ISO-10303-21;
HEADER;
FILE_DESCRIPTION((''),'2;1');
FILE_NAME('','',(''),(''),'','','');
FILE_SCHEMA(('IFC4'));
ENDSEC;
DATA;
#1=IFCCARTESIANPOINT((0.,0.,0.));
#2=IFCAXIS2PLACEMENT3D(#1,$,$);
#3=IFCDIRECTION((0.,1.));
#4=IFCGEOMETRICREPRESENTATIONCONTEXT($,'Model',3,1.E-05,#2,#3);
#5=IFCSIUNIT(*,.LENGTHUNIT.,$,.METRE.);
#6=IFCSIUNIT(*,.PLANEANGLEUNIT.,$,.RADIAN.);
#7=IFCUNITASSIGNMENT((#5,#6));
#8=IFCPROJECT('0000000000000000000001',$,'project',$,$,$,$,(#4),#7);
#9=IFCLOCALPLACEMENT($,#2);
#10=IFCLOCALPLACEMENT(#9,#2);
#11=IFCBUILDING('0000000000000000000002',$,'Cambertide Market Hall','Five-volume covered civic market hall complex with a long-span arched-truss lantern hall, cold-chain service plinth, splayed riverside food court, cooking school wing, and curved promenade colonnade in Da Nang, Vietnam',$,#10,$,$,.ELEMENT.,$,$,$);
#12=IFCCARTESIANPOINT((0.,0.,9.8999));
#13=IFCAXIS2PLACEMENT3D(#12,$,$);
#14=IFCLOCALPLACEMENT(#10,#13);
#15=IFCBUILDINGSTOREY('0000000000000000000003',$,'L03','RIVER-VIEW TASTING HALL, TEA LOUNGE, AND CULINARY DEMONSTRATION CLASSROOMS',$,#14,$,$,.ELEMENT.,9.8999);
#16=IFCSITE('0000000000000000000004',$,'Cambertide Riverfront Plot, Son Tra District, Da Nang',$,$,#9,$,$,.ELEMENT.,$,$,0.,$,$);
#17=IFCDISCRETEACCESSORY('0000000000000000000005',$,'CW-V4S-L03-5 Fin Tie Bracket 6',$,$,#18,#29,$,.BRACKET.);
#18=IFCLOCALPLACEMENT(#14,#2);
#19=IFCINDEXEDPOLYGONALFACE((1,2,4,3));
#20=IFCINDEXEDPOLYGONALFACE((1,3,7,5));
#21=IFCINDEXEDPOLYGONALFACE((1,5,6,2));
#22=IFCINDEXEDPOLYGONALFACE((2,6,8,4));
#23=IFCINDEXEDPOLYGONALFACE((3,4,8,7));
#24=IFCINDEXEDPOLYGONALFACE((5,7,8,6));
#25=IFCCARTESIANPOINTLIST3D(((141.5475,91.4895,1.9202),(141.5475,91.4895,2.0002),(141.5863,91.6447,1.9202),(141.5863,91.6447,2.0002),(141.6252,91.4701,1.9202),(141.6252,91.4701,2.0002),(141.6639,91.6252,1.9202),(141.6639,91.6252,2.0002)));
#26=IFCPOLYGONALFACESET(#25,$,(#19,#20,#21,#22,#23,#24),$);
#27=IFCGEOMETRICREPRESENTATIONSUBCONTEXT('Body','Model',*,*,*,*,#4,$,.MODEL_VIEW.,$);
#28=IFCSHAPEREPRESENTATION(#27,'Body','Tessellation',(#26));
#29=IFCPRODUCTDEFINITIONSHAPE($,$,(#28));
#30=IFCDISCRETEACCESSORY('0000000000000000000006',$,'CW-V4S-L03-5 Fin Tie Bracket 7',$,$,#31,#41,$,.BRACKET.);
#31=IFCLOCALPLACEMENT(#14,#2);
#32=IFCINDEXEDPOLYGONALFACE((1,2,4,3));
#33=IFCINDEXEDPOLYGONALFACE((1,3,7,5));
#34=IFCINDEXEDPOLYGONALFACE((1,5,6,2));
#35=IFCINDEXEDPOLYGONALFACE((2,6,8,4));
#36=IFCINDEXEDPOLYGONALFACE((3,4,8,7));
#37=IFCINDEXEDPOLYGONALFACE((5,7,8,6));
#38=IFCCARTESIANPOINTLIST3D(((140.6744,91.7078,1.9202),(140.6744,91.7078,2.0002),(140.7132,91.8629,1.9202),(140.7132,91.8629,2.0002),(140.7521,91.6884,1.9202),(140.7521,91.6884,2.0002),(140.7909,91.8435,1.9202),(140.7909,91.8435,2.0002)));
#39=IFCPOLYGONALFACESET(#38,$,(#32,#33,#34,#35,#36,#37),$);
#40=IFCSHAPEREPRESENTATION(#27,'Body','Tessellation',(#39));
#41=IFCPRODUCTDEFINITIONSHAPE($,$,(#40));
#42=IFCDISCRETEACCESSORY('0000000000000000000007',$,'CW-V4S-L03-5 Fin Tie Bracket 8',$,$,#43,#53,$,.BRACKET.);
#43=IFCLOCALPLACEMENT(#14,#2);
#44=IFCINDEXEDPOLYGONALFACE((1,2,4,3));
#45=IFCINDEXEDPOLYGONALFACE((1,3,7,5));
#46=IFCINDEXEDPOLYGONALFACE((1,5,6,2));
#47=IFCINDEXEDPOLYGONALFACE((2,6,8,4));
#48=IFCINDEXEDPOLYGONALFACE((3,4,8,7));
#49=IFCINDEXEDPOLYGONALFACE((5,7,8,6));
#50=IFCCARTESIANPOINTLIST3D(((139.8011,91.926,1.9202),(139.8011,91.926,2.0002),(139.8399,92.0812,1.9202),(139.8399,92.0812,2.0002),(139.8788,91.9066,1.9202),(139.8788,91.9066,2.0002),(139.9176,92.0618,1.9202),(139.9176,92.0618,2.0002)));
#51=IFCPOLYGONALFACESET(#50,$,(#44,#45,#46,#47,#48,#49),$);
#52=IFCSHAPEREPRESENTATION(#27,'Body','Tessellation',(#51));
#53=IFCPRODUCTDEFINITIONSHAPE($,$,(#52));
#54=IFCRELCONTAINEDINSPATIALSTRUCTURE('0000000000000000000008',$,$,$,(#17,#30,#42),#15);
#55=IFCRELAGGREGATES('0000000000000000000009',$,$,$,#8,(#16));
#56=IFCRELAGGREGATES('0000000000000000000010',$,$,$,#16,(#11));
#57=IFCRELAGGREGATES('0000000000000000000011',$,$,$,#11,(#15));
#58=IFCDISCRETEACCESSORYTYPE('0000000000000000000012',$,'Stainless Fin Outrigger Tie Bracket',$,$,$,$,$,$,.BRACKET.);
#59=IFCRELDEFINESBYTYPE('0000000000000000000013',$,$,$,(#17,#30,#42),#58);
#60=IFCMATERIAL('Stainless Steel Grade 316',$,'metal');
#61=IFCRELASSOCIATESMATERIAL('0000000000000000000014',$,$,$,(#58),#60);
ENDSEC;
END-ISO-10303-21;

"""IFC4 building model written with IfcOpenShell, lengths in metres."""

from ifc_helpers import new_model, si_unit, direction, frame, origin, origin_2d, place, context, subcontext, project, spatial, rectangle, extrude, material, type_object, element, save


model = new_model("IFC4")

# Units and contexts
model_context = context("Model", 3, precision=1e-05, world=origin(), true_north=direction((0.0, 1.0)))
body_context = subcontext(model_context, "Body", "Model", "MODEL_VIEW")
ifc_project = project(units=[si_unit("LENGTHUNIT", "METRE"), si_unit("PLANEANGLEUNIT", "RADIAN")], contexts=[model_context])

# Site, building, storey
site_placement = place(None, origin())
site = spatial("IfcSite", under=ifc_project, at=site_placement, Name="Cambertide Riverfront Plot, Son Tra District, Da Nang", CompositionType="ELEMENT", RefElevation=0.0)
building_placement = place(site_placement, origin())
building = spatial("IfcBuilding", under=site, at=building_placement, Name="Cambertide Market Hall", Description="Five-volume covered civic market hall complex with a long-span arched-truss lantern hall, cold-chain service plinth, splayed riverside food court, cooking school wing, and curved promenade colonnade in Da Nang, Vietnam", CompositionType="ELEMENT")
storey_placement = place(building_placement, frame((0.0, 0.0, 9.8999)))
storey = spatial("IfcBuildingStorey", under=building, at=storey_placement, Name="L03", Description="RIVER-VIEW TASTING HALL, TEA LOUNGE, AND CULINARY DEMONSTRATION CLASSROOMS", CompositionType="ELEMENT", Elevation=9.8999)

# Discrete accessories
ifc_material_1 = material(Name="Stainless Steel Grade 316", Category="metal")
discrete_accessory_type = type_object("IfcDiscreteAccessoryType", Name="Stainless Fin Outrigger Tie Bracket", PredefinedType="BRACKET", material=ifc_material_1)
for number, where, z_axis, x_axis, name in (
    (1, (141.6057, 91.5574, 1.9202), (0.0, 0.0, 1.0), (-0.970143, 0.242535, 0.0), "CW-V4S-L03-5 Fin Tie Bracket 6"),
    (2, (140.7327, 91.7756, 1.9202), (0.0, 0.0, 1.0), (-0.970143, 0.242535, 0.0), "CW-V4S-L03-5 Fin Tie Bracket 7"),
    (3, (139.8594, 91.9939, 1.9202), (0.0, 0.0, 1.0), (-0.970143, 0.242535, 0.0), "CW-V4S-L03-5 Fin Tie Bracket 8"),
):
    element("IfcDiscreteAccessory", number, at=place(storey_placement, frame(where, z_axis=z_axis, x_axis=x_axis)), inside=storey, type_object=discrete_accessory_type, Name=name, PredefinedType="BRACKET", context=body_context, shape_type="SweptSolid", body=[
        extrude(rectangle(XDim=0.0801, YDim=0.1599, at=origin_2d()), origin(), (0.0, 0.0, 1.0), 0.0801),
    ])

save(model, "model.ifc")
